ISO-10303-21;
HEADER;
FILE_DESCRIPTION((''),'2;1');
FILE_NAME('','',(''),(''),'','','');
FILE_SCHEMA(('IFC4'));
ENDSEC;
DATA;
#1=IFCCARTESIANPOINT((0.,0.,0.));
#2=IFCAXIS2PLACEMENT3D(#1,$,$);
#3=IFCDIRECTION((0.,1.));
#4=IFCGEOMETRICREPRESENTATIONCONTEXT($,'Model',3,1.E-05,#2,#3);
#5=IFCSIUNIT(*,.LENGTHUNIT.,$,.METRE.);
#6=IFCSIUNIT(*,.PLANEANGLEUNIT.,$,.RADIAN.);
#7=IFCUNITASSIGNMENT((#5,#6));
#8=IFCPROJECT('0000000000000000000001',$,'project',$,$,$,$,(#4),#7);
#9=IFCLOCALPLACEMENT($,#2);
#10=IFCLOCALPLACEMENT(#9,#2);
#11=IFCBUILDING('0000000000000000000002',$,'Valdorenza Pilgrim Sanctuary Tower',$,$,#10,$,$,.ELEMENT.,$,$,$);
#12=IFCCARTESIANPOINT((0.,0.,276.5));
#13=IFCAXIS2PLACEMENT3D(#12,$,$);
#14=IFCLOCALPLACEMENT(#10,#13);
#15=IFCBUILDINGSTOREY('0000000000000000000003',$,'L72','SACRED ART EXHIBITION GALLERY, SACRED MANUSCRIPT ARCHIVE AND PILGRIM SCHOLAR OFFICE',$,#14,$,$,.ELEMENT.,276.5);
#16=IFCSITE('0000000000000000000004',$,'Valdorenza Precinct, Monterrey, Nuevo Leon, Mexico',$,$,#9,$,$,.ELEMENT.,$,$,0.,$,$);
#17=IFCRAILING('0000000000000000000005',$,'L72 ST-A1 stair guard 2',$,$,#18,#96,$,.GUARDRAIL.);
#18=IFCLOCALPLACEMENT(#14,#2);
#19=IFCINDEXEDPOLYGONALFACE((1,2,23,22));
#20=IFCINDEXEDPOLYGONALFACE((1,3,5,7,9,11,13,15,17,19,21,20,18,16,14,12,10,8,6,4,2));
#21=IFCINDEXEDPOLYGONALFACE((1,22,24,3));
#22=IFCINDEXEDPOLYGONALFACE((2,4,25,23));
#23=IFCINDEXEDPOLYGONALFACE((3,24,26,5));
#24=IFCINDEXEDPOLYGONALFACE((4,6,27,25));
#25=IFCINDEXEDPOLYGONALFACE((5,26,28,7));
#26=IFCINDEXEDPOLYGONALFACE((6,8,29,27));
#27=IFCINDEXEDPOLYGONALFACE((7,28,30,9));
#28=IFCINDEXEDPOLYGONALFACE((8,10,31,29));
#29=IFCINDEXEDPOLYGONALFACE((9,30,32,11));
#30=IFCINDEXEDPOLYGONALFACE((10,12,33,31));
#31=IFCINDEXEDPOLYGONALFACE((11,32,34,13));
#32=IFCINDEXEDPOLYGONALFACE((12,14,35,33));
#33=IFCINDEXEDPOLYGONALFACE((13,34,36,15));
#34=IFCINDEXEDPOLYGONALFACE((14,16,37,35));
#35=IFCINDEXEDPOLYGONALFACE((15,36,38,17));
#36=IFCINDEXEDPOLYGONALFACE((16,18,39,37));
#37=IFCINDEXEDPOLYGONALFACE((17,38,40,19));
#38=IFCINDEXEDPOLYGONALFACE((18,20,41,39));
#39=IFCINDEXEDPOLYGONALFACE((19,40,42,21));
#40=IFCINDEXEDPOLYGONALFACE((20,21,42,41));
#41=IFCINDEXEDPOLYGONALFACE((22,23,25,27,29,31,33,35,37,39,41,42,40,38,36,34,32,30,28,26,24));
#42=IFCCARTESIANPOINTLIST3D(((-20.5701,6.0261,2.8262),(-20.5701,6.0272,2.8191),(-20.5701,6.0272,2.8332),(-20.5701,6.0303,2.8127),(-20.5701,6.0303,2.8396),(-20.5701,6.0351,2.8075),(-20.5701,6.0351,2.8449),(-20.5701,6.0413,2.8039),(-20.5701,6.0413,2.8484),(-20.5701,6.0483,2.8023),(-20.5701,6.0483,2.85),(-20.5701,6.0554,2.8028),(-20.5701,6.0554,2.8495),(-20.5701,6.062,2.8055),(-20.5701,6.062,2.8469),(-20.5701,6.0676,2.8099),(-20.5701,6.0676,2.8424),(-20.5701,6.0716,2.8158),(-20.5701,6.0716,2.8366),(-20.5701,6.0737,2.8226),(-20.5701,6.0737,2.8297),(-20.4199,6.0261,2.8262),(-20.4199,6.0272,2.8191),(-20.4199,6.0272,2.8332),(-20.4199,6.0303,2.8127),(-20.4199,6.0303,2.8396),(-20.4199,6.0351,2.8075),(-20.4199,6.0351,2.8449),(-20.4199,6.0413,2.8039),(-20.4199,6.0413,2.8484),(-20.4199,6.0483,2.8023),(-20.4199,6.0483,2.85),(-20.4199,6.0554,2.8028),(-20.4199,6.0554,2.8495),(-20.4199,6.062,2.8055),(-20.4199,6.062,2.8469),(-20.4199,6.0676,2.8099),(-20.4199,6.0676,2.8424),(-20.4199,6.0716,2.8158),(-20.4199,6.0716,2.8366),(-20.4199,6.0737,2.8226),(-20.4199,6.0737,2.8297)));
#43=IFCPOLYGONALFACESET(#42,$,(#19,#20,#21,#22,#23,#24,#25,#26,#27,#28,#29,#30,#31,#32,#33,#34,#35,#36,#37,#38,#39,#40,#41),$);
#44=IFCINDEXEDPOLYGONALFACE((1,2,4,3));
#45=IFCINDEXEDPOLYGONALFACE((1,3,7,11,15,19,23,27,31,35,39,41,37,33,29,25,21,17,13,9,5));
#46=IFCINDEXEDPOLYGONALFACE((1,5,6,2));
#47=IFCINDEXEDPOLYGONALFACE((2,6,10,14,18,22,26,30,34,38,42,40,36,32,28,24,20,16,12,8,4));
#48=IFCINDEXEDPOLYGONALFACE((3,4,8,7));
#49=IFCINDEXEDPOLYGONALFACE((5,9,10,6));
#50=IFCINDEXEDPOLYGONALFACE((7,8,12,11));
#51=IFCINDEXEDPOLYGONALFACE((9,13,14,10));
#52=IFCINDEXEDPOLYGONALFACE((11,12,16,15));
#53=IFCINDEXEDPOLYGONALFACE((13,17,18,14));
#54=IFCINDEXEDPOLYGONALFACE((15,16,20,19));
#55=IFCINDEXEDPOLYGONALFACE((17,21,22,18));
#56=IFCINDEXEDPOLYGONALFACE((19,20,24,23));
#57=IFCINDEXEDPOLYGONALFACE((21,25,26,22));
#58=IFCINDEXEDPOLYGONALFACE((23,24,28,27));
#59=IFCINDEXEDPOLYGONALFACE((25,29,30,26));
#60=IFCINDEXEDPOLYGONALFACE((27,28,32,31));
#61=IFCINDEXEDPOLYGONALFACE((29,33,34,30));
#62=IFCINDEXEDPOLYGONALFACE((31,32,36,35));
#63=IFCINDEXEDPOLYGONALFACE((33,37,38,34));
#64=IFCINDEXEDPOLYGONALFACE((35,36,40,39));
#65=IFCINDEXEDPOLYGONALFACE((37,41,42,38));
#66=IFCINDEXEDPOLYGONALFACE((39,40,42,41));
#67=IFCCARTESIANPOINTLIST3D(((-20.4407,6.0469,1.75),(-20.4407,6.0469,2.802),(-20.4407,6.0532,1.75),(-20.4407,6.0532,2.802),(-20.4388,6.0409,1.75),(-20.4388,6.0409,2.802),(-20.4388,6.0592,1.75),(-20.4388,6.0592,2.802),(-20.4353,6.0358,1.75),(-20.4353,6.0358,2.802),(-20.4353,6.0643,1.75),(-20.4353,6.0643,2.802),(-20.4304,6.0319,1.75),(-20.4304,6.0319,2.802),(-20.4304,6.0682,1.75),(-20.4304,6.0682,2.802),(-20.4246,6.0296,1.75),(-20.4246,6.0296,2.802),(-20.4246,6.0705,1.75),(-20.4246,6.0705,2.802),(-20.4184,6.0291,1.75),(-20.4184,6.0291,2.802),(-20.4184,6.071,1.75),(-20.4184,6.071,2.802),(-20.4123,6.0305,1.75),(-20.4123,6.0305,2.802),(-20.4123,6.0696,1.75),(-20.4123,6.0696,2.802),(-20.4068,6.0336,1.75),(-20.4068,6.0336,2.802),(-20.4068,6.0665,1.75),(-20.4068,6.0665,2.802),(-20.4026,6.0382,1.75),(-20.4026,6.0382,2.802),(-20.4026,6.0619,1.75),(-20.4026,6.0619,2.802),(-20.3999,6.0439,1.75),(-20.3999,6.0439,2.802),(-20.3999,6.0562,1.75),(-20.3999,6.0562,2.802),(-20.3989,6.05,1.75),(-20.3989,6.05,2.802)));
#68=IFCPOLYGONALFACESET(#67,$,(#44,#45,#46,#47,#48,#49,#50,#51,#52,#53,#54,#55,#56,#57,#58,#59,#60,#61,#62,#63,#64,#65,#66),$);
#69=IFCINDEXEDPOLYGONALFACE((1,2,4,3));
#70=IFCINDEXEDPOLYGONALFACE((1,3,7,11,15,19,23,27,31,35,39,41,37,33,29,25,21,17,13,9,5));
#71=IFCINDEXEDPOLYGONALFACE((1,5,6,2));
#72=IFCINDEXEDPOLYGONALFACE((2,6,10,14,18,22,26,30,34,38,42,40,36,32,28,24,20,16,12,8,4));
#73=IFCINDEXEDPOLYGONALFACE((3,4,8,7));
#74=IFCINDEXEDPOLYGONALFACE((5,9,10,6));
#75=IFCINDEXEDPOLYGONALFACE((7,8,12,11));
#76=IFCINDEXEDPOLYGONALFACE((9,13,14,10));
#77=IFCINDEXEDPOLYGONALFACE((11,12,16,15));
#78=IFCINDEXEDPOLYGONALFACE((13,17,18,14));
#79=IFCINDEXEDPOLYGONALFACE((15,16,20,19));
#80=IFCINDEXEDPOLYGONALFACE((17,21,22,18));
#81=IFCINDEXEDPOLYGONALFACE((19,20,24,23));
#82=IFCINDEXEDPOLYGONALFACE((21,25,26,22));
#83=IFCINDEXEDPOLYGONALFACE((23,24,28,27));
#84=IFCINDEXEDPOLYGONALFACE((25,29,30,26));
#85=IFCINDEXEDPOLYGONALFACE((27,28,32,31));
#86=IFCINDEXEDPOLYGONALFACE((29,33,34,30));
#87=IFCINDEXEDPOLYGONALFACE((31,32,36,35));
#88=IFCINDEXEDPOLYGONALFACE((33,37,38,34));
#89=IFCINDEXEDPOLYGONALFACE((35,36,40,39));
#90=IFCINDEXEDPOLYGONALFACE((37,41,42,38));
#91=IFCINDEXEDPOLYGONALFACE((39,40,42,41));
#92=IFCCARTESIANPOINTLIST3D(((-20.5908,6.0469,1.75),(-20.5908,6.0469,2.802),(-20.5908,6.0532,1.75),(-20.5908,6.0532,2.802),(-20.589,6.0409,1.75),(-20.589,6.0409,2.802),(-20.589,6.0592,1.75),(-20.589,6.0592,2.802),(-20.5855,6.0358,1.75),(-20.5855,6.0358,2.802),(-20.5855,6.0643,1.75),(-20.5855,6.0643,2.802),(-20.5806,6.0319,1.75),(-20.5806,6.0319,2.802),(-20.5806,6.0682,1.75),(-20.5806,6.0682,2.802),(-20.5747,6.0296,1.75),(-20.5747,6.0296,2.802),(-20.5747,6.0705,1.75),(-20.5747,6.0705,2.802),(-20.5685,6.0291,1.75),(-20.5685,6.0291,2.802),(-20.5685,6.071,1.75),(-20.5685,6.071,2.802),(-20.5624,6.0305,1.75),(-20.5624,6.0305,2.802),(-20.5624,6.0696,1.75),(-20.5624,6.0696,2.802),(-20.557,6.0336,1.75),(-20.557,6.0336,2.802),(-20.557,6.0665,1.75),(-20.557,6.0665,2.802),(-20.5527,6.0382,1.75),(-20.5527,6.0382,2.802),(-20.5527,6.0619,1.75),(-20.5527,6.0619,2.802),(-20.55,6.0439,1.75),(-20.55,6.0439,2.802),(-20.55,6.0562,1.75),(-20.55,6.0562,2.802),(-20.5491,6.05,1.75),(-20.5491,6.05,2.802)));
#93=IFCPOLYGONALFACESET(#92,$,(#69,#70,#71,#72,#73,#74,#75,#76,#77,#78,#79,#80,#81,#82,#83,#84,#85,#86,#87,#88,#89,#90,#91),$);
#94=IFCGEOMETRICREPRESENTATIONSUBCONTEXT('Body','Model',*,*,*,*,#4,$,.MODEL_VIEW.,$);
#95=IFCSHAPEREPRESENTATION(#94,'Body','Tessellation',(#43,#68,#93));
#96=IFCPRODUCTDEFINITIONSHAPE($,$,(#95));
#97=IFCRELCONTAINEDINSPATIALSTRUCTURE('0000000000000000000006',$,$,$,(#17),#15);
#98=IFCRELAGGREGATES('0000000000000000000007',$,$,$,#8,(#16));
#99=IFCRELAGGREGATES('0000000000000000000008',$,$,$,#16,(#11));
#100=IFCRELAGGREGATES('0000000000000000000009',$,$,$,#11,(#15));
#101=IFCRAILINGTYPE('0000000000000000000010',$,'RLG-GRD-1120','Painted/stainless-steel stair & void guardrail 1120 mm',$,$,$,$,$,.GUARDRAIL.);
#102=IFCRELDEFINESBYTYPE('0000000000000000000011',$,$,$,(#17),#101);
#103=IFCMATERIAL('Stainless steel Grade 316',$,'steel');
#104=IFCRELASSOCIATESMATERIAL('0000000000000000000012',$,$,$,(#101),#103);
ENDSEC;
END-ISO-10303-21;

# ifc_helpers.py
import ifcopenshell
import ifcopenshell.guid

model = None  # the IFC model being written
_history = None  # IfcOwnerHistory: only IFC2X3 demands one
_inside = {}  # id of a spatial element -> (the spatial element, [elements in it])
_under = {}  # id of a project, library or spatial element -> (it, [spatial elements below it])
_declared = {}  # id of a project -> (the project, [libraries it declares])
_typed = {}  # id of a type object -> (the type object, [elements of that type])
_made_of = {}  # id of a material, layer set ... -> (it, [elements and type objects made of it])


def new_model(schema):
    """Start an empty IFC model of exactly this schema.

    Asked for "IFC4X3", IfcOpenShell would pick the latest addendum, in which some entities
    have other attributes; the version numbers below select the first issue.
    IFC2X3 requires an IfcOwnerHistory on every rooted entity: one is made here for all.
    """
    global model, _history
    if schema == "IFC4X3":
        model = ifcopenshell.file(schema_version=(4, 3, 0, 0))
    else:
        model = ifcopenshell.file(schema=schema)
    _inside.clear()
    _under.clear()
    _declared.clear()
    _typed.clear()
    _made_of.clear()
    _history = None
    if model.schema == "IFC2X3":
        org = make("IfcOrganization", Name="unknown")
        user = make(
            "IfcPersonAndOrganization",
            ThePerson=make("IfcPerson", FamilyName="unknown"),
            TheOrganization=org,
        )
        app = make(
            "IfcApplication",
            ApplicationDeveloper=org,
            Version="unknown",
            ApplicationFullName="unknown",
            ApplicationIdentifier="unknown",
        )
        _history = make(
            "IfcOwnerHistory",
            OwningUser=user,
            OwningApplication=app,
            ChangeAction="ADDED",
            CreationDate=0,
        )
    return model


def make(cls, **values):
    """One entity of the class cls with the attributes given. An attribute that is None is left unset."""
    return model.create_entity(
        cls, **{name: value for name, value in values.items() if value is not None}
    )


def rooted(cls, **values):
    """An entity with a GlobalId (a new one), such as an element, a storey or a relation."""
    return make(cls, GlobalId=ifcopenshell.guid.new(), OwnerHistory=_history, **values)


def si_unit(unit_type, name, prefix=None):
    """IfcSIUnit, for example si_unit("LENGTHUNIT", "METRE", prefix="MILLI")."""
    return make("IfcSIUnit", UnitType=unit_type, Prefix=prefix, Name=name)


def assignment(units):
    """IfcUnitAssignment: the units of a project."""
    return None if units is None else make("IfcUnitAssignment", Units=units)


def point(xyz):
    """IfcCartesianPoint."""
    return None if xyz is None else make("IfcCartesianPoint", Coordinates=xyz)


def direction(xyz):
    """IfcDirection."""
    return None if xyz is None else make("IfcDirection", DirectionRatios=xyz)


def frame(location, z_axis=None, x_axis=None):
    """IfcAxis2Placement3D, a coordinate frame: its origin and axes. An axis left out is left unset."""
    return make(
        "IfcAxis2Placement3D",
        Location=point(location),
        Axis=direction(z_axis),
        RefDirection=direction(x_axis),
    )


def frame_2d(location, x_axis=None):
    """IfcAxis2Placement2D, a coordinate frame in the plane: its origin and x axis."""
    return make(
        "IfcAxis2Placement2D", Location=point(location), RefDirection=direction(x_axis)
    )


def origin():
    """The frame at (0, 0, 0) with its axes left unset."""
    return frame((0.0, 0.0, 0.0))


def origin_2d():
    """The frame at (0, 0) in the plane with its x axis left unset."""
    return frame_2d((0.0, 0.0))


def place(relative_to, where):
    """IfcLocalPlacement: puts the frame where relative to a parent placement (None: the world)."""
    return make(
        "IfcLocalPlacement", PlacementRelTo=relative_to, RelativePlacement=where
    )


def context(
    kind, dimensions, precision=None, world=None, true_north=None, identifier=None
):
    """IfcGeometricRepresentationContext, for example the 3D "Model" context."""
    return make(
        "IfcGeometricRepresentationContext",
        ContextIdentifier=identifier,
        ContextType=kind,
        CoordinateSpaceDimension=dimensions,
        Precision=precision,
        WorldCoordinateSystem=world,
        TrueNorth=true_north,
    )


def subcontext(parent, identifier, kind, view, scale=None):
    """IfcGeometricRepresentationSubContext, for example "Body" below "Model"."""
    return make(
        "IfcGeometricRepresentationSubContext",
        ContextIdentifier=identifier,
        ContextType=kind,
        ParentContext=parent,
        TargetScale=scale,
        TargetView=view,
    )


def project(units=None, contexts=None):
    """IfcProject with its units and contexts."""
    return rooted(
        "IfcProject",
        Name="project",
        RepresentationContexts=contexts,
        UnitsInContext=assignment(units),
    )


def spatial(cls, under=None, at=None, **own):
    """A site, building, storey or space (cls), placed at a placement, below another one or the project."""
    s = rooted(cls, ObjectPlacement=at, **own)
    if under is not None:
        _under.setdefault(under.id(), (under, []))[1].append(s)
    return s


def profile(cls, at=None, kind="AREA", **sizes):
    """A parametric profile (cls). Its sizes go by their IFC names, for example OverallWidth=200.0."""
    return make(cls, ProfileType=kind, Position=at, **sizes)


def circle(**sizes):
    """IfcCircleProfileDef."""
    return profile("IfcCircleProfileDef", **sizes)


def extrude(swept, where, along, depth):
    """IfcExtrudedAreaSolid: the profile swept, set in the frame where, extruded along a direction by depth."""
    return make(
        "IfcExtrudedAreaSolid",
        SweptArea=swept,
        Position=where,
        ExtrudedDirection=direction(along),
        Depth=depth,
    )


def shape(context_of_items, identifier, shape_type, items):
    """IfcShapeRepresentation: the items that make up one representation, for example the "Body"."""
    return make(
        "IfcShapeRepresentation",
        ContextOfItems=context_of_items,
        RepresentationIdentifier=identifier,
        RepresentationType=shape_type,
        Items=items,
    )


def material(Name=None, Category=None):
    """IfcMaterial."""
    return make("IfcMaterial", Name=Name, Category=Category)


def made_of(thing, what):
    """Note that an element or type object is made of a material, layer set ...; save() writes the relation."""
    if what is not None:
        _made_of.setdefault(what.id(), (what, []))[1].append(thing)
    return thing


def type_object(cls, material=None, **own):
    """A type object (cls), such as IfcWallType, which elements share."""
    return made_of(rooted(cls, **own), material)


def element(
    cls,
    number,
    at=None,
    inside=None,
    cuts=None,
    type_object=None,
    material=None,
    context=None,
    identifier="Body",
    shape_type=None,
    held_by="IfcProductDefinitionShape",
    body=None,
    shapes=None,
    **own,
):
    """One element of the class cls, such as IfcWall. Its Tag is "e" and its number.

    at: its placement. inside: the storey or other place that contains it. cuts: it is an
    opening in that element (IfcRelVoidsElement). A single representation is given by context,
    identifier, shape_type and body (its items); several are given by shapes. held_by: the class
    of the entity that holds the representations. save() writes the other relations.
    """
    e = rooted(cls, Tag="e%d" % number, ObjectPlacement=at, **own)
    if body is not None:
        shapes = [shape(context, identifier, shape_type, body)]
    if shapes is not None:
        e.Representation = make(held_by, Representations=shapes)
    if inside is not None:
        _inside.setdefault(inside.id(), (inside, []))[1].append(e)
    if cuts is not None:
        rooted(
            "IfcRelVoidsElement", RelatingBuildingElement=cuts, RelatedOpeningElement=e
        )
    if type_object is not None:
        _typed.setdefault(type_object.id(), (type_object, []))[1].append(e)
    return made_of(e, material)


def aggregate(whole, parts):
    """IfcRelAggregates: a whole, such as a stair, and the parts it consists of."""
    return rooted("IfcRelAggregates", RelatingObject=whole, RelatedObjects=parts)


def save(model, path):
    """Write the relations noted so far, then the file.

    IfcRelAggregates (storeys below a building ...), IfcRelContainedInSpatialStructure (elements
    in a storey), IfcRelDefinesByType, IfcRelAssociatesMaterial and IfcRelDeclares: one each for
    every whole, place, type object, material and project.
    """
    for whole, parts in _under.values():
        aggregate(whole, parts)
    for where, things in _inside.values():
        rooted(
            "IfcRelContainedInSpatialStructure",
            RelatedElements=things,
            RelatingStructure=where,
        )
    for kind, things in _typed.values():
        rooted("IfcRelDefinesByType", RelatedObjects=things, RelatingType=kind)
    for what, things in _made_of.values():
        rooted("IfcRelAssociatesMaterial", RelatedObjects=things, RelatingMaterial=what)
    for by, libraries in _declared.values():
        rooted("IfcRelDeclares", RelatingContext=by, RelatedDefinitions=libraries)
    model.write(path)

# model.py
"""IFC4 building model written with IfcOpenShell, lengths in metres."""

from ifc_helpers import new_model, si_unit, direction, frame, origin, origin_2d, place, context, subcontext, project, spatial, circle, extrude, material, type_object, element, save


model = new_model("IFC4")

# Units and contexts
model_context = context("Model", 3, precision=1e-05, world=origin(), true_north=direction((0.0, 1.0)))
body_context = subcontext(model_context, "Body", "Model", "MODEL_VIEW")
ifc_project = project(units=[si_unit("LENGTHUNIT", "METRE"), si_unit("PLANEANGLEUNIT", "RADIAN")], contexts=[model_context])

# Site, building, storey
site_placement = place(None, origin())
site = spatial("IfcSite", under=ifc_project, at=site_placement, Name="Valdorenza Precinct, Monterrey, Nuevo Leon, Mexico", CompositionType="ELEMENT", RefElevation=0.0)
building_placement = place(site_placement, origin())
building = spatial("IfcBuilding", under=site, at=building_placement, Name="Valdorenza Pilgrim Sanctuary Tower", CompositionType="ELEMENT")
storey_placement = place(building_placement, frame((0.0, 0.0, 276.5)))
storey = spatial("IfcBuildingStorey", under=building, at=storey_placement, Name="L72", Description="SACRED ART EXHIBITION GALLERY, SACRED MANUSCRIPT ARCHIVE AND PILGRIM SCHOLAR OFFICE", CompositionType="ELEMENT", Elevation=276.5)

# Railing
ifc_material_1 = material(Name="Stainless steel Grade 316", Category="steel")
railing_type = type_object("IfcRailingType", Name="RLG-GRD-1120", Description="Painted/stainless-steel stair & void guardrail 1120 mm", PredefinedType="GUARDRAIL", material=ifc_material_1)
railing_placement = place(storey_placement, frame((-20.4199, 6.05, 1.75)))
element("IfcRailing", 1, at=railing_placement, inside=storey, type_object=railing_type, Name="L72 ST-A1 stair guard 2", PredefinedType="GUARDRAIL", context=body_context, shape_type="SweptSolid", body=[
    extrude(circle(Radius=0.0239, at=origin_2d()), frame((0.0, 0.0, 1.0762), z_axis=(-1.0, 0.0, 0.0), x_axis=(0.0, -1.0, 0.0)), (0.0, 0.0, 1.0), 0.1501),
    extrude(circle(Radius=0.021, at=origin_2d()), origin(), (0.0, 0.0, 1.0), 1.052),
    extrude(circle(Radius=0.021, at=origin_2d()), frame((-0.1501, 0.0, 0.0)), (0.0, 0.0, 1.0), 1.052),
])

save(model, "model.ifc")
